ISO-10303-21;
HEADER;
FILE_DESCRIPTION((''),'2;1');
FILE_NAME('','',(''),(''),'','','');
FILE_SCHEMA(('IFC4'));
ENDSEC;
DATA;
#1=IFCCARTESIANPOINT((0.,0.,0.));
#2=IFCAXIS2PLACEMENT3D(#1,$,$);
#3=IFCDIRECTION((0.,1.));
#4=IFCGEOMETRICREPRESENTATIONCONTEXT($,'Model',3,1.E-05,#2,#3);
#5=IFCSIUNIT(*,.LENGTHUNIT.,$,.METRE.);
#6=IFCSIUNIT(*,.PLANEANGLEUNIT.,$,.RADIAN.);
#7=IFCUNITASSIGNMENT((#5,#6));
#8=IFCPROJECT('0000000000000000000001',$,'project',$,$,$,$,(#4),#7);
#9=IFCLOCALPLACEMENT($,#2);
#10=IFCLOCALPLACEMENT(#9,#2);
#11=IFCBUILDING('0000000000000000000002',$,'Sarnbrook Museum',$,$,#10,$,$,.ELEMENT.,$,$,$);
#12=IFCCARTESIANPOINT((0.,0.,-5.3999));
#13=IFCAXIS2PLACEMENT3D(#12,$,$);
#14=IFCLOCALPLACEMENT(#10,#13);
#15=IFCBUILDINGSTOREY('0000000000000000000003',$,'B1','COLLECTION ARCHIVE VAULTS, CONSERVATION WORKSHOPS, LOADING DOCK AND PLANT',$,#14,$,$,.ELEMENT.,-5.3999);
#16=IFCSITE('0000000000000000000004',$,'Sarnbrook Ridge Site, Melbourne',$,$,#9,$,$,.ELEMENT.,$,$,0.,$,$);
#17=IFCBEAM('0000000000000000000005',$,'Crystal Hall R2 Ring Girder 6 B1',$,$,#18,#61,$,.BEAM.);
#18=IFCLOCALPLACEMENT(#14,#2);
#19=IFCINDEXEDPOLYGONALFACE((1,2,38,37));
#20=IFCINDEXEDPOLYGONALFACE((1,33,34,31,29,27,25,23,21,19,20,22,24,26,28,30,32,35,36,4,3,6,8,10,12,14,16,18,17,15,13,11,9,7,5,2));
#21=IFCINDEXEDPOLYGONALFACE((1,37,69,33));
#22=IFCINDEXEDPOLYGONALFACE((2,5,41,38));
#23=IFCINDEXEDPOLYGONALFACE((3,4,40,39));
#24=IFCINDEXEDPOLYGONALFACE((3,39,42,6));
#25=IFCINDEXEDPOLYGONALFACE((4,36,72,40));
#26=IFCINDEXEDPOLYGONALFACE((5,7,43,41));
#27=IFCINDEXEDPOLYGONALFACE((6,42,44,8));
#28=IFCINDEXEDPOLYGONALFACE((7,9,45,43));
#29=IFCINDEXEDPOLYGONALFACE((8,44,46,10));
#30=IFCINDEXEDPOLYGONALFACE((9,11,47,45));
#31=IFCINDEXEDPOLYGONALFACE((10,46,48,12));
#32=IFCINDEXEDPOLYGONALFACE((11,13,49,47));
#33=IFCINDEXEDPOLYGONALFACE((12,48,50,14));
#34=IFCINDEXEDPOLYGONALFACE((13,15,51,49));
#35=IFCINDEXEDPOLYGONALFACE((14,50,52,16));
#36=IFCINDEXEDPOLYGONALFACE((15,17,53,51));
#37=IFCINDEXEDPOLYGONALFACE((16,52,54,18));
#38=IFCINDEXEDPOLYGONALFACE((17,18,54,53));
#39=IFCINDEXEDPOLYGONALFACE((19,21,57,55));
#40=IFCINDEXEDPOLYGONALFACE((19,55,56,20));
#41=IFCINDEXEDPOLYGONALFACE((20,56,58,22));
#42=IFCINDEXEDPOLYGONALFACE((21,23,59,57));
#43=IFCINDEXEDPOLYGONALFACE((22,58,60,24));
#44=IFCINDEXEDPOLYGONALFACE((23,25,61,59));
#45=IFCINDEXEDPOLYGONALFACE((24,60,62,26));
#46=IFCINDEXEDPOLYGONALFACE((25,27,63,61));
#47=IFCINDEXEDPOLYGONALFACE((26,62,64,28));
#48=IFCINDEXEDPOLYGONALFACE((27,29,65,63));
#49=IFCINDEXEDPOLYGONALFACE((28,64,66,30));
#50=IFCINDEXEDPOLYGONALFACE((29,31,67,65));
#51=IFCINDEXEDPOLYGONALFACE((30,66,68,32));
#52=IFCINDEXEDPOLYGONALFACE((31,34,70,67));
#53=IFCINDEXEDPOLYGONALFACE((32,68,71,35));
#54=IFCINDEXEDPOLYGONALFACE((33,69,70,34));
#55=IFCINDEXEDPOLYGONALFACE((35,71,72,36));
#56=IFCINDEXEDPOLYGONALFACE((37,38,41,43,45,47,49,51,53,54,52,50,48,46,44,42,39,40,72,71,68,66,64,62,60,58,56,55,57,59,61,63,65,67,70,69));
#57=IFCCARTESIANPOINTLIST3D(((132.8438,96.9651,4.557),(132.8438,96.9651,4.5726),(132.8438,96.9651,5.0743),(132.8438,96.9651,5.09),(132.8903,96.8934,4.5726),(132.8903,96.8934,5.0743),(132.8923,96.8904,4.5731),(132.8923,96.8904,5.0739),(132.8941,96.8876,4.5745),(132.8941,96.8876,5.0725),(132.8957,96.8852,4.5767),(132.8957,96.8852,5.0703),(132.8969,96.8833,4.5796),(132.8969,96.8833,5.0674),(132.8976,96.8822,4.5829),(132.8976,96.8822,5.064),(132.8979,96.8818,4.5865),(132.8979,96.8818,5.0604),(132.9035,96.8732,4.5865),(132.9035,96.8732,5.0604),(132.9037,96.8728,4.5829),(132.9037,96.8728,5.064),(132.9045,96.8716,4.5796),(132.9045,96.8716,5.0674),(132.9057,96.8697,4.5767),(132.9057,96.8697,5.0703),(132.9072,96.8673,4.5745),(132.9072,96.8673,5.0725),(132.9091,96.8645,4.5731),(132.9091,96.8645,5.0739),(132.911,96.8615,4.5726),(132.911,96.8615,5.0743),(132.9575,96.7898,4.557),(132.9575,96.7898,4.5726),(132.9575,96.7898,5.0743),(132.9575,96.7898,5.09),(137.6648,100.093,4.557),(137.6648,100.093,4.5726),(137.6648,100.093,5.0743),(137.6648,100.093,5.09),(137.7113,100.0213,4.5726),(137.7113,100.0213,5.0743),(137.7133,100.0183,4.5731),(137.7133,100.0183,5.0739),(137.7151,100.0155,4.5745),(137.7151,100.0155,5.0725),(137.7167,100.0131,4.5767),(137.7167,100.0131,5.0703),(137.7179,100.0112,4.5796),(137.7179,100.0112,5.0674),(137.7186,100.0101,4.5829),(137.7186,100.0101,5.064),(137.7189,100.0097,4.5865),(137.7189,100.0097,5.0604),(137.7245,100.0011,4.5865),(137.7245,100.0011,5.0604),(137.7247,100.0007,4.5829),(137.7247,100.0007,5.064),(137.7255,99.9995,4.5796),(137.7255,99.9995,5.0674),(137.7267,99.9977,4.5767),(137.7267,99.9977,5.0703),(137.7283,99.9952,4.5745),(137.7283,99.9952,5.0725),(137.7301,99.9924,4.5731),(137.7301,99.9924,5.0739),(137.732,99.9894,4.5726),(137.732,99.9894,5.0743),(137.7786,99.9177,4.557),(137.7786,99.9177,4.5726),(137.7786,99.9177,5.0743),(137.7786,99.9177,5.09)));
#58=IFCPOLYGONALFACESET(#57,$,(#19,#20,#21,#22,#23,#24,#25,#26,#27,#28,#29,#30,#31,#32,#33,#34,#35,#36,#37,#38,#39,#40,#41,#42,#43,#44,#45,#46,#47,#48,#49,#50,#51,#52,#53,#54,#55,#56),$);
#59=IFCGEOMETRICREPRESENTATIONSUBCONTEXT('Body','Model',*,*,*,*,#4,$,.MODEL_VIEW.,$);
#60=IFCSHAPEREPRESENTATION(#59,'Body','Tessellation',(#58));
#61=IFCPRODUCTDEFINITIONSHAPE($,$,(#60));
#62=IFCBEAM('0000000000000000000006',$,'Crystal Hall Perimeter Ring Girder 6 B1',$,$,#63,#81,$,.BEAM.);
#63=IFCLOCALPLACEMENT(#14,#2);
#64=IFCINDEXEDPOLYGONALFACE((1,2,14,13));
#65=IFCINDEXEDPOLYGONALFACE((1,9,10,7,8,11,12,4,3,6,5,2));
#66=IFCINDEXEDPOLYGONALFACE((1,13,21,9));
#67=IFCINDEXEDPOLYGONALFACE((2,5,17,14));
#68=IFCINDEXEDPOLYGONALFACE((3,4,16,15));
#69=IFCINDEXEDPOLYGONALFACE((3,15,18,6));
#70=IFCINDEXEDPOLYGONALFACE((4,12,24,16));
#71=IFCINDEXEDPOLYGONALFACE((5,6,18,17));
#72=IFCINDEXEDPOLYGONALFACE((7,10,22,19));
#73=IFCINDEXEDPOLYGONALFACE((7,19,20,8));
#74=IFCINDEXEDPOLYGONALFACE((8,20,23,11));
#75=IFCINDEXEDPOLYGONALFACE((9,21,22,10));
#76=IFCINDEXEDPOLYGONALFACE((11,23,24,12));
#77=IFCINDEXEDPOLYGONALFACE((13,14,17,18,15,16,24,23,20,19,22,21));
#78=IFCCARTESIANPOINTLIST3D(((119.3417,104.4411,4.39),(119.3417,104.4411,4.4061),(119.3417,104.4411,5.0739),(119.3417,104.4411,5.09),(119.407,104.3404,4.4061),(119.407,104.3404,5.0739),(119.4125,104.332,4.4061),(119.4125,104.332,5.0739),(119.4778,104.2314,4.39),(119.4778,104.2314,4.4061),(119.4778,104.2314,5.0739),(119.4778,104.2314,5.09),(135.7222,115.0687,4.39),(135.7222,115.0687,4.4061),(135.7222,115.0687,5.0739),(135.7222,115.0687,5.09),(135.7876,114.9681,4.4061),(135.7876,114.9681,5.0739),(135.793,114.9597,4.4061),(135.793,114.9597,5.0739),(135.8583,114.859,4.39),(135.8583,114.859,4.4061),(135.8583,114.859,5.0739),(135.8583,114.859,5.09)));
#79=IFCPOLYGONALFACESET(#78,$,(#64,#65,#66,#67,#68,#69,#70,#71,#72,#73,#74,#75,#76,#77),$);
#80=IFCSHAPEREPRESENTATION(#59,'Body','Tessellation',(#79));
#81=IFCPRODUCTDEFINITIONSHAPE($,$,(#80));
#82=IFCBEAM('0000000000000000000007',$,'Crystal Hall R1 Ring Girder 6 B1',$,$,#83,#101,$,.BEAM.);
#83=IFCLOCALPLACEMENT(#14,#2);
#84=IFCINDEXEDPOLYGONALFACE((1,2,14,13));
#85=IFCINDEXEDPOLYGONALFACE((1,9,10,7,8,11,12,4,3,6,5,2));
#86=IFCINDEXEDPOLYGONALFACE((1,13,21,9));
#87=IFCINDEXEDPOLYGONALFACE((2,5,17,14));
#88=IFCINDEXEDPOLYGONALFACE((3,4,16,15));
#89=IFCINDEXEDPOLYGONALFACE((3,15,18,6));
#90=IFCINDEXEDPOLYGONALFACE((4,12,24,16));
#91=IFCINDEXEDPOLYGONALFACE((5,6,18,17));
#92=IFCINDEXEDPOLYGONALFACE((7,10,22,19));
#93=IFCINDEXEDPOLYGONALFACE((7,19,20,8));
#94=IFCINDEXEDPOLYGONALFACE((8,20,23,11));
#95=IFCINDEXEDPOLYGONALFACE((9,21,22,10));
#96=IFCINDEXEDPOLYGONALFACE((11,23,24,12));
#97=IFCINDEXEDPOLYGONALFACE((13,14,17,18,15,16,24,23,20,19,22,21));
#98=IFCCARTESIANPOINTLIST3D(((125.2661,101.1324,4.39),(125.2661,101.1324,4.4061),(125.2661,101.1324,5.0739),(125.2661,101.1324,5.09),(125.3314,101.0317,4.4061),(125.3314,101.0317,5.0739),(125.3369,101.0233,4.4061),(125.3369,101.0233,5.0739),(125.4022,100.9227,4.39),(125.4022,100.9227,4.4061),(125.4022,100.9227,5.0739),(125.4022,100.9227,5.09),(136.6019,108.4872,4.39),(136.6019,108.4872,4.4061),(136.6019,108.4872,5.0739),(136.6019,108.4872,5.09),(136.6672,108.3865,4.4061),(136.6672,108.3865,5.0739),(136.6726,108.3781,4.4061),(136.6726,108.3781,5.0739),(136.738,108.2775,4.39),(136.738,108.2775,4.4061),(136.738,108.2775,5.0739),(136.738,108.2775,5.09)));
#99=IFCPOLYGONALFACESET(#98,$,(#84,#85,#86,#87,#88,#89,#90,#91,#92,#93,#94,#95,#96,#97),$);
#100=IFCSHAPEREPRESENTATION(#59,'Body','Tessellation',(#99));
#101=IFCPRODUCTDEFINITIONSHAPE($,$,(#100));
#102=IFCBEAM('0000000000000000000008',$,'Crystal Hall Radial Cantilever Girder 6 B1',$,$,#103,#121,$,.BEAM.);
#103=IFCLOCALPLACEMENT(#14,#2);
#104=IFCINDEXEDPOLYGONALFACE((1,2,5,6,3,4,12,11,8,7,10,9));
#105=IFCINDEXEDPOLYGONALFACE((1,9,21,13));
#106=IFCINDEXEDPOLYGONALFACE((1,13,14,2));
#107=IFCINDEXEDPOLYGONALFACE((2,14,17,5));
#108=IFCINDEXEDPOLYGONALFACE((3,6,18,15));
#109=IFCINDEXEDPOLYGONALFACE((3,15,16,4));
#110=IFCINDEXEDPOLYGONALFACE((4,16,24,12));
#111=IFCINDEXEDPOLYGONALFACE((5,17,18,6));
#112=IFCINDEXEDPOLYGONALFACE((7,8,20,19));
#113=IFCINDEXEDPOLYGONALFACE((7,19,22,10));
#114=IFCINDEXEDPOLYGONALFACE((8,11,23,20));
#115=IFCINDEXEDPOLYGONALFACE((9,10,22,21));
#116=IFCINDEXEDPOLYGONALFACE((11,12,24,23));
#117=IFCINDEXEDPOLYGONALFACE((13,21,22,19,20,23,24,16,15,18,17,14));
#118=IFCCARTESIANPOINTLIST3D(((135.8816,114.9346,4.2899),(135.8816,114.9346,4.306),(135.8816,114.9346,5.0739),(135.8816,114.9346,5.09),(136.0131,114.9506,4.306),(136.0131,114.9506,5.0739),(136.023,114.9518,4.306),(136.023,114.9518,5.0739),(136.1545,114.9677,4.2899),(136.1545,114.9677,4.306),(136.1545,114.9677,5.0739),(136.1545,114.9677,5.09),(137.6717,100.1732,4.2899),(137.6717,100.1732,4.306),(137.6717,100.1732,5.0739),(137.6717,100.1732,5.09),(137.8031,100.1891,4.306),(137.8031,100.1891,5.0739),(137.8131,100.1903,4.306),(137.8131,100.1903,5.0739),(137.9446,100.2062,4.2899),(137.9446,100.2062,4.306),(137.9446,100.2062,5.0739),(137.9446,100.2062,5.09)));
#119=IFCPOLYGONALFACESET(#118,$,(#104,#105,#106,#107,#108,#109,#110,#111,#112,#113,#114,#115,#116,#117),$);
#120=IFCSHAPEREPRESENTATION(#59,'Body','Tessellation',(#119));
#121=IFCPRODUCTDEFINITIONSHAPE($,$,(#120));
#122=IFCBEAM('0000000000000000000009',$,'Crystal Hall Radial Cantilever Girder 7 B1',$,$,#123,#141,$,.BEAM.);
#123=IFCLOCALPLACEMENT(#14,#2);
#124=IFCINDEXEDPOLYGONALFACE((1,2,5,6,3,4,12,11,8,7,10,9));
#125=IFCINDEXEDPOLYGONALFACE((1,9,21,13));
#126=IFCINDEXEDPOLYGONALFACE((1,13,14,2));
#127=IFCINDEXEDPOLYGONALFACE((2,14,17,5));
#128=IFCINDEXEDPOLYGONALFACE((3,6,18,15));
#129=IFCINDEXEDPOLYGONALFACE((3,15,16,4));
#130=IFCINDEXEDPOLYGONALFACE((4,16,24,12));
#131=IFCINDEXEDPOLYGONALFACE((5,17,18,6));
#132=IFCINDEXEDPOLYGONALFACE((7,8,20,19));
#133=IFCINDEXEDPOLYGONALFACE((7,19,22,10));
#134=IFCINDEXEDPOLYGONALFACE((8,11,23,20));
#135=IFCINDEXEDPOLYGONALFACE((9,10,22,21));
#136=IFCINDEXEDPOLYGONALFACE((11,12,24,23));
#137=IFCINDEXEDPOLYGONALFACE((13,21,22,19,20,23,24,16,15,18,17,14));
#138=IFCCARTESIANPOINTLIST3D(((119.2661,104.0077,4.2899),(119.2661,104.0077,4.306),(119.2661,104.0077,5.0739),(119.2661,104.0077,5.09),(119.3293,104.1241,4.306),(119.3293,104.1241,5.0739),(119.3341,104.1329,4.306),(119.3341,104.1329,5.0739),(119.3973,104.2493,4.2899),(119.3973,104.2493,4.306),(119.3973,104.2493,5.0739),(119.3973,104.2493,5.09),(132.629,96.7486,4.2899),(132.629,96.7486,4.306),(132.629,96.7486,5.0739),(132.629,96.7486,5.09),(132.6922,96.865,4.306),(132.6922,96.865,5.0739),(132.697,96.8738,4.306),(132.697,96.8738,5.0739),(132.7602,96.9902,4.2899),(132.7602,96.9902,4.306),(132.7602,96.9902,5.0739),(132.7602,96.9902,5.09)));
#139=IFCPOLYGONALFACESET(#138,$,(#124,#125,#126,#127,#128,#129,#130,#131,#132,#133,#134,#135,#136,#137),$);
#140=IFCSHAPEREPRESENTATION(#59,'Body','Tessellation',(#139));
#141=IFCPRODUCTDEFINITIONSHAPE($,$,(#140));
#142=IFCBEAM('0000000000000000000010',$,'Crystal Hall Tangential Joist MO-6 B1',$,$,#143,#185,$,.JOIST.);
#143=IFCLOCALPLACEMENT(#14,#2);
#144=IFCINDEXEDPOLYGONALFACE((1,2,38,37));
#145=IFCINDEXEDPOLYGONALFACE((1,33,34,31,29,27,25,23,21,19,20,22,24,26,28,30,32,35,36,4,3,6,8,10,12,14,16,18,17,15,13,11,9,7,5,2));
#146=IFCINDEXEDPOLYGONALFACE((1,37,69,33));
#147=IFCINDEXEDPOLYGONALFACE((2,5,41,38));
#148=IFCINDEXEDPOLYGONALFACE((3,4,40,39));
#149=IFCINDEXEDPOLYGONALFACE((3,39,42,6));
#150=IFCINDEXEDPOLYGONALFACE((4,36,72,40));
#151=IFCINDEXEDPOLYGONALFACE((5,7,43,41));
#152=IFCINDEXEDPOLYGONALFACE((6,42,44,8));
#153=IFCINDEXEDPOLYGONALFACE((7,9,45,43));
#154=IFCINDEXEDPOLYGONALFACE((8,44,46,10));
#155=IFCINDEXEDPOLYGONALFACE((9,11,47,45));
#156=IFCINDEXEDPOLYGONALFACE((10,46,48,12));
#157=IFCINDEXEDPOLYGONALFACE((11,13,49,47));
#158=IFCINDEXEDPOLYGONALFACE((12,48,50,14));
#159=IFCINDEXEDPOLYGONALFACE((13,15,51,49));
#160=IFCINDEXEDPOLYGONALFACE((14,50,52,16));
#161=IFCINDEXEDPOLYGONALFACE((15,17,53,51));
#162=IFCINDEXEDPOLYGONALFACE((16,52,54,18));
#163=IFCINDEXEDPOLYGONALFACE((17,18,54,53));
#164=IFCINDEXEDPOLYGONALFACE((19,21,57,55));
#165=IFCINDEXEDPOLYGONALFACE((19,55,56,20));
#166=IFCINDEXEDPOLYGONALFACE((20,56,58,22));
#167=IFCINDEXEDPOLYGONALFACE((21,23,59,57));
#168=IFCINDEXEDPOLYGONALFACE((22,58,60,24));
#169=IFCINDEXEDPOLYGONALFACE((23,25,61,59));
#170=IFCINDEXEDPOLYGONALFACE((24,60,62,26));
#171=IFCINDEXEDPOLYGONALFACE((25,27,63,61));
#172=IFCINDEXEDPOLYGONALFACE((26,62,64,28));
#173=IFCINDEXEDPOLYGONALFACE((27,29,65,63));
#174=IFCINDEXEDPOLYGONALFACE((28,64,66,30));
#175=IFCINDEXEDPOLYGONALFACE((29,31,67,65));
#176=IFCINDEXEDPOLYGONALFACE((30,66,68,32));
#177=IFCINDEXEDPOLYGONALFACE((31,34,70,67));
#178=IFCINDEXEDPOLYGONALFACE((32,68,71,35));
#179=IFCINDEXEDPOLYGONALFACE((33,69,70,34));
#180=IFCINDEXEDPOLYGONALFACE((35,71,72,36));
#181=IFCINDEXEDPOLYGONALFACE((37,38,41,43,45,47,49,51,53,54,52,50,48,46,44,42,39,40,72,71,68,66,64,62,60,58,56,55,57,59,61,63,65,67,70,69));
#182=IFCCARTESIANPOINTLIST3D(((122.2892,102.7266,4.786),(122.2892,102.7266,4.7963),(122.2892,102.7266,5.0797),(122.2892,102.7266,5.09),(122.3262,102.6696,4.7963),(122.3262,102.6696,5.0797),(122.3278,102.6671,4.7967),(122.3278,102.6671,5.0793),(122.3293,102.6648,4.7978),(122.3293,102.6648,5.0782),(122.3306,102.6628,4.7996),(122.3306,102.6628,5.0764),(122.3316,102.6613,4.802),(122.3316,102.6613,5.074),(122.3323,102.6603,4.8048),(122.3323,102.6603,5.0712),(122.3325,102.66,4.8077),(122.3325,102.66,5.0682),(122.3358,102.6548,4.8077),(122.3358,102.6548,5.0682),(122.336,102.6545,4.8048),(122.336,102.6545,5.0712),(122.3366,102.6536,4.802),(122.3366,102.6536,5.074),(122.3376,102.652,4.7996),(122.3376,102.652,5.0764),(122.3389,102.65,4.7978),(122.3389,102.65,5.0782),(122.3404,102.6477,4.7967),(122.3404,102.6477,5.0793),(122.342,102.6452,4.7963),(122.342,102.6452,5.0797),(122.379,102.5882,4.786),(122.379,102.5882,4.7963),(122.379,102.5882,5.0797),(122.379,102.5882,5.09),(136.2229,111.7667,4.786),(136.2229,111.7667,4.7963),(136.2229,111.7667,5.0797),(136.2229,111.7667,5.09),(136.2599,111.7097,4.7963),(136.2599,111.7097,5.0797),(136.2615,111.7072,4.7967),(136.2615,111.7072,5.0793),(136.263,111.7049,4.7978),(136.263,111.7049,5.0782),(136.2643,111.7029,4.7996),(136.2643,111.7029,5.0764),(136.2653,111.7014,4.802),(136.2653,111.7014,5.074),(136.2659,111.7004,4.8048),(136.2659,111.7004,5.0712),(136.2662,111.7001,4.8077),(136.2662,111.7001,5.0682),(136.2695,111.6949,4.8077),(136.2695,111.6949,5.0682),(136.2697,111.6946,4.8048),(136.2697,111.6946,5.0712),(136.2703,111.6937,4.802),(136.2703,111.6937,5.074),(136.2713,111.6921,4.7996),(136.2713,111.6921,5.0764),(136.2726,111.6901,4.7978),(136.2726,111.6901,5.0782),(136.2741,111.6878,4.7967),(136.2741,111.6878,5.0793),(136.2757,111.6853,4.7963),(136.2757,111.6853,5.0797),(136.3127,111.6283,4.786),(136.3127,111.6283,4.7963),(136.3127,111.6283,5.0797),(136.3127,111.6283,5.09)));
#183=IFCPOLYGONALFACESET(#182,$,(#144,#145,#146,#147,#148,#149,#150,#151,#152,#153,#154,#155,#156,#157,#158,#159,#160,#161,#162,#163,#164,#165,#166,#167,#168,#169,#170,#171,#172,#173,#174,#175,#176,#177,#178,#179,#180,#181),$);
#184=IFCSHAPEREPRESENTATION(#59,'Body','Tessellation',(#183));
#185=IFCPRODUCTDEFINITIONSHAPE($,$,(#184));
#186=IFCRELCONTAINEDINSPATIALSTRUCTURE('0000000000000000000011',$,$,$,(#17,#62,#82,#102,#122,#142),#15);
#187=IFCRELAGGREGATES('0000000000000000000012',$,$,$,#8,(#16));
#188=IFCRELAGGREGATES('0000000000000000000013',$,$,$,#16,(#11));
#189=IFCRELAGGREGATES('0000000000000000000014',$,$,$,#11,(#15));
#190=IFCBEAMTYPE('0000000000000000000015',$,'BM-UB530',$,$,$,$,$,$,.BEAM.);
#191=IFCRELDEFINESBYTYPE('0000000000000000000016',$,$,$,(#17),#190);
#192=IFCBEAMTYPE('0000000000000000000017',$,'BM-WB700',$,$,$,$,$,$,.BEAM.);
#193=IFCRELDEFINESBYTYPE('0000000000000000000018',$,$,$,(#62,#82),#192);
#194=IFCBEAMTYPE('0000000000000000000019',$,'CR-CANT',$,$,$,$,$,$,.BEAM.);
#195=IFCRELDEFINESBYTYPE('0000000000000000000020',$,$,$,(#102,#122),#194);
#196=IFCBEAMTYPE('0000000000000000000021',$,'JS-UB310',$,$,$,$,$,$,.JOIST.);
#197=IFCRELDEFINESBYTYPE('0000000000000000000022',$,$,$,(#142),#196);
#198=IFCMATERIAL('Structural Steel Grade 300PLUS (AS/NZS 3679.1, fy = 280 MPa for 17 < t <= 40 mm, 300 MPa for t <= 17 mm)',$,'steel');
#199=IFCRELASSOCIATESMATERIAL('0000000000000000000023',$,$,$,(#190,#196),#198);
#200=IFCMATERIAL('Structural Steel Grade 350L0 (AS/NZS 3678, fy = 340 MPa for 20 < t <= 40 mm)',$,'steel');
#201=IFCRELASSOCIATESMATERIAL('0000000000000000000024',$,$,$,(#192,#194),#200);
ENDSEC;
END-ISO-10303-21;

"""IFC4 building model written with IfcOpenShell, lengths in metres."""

from ifc_helpers import new_model, si_unit, direction, frame, origin, origin_2d, place, context, subcontext, project, spatial, i_section, extrude, material, material_profile, profile_set, type_object, element, save


model = new_model("IFC4")

# Units and contexts
model_context = context("Model", 3, precision=1e-05, world=origin(), true_north=direction((0.0, 1.0)))
body_context = subcontext(model_context, "Body", "Model", "MODEL_VIEW")
ifc_project = project(units=[si_unit("LENGTHUNIT", "METRE"), si_unit("PLANEANGLEUNIT", "RADIAN")], contexts=[model_context])

# Site, building, storey
site_placement = place(None, origin())
site = spatial("IfcSite", under=ifc_project, at=site_placement, Name="Sarnbrook Ridge Site, Melbourne", CompositionType="ELEMENT", RefElevation=0.0)
building_placement = place(site_placement, origin())
building = spatial("IfcBuilding", under=site, at=building_placement, Name="Sarnbrook Museum", CompositionType="ELEMENT")
storey_placement = place(building_placement, frame((0.0, 0.0, -5.3999)))
storey = spatial("IfcBuildingStorey", under=building, at=storey_placement, Name="B1", Description="COLLECTION ARCHIVE VAULTS, CONSERVATION WORKSHOPS, LOADING DOCK AND PLANT", CompositionType="ELEMENT", Elevation=-5.3999)

# Shared definitions
ifc_material_1 = material(Name="Structural Steel Grade 350L0 (AS/NZS 3678, fy = 340 MPa for 20 < t <= 40 mm)", Category="steel")

# Beams
ifc_material_2 = material(Name="Structural Steel Grade 300PLUS (AS/NZS 3679.1, fy = 280 MPa for 17 < t <= 40 mm, 300 MPa for t <= 17 mm)", Category="steel")
ifc_material_profile_1 = material_profile(ifc_material_2, i_section(OverallWidth=0.209, OverallDepth=0.533, WebThickness=0.0103, FlangeThickness=0.0156, FilletRadius=0.0139, at=origin_2d()), Name="530UB92.4")
ifc_profile_set_1 = profile_set([ifc_material_profile_1], Name="Structural Steel Grade 300PLUS (AS/NZS 3679.1, fy = 280 MPa for 17 < t <= 40 mm, 300 MPa for t <= 17 mm)")
beam_type_1 = type_object("IfcBeamType", Name="BM-UB530", PredefinedType="BEAM", material=ifc_profile_set_1)
beam_1_placement = place(storey_placement, frame((137.7217, 100.0054, 4.8235), z_axis=(-0.8389, -0.544285, 0.0), x_axis=(0.544285, -0.8389, 0.0)))
element("IfcBeam", 1, at=beam_1_placement, inside=storey, type_object=beam_type_1, Name="Crystal Hall R2 Ring Girder 6 B1", PredefinedType="BEAM", context=body_context, shape_type="SweptSolid", body=[
    extrude(i_section(OverallWidth=0.209, OverallDepth=0.533, WebThickness=0.0103, FlangeThickness=0.0156, FilletRadius=0.0139, at=origin_2d()), origin(), (0.0, 0.0, 1.0), 5.7468),
])
ifc_material_profile_2 = material_profile(ifc_material_1, i_section(OverallWidth=0.25, OverallDepth=0.7, WebThickness=0.01, FlangeThickness=0.0161, at=origin_2d()), Name="700WB130")
ifc_profile_set_2 = profile_set([ifc_material_profile_2], Name="Structural Steel Grade 350L0 (AS/NZS 3678, fy = 340 MPa for 20 < t <= 40 mm)")
beam_type_2 = type_object("IfcBeamType", Name="BM-WB700", PredefinedType="BEAM", material=ifc_profile_set_2)
beam_2_placement = place(storey_placement, frame((135.7903, 114.9639, 4.74), z_axis=(-0.838905, -0.544278, 0.0), x_axis=(0.544278, -0.838905, 0.0)))
element("IfcBeam", 2, at=beam_2_placement, inside=storey, type_object=beam_type_2, Name="Crystal Hall Perimeter Ring Girder 6 B1", PredefinedType="BEAM", context=body_context, shape_type="SweptSolid", body=[
    extrude(i_section(OverallWidth=0.25, OverallDepth=0.7, WebThickness=0.01, FlangeThickness=0.0161, at=origin_2d()), origin(), (0.0, 0.0, 1.0), 19.5261),
])
beam_3_placement = place(storey_placement, frame((136.6699, 108.3823, 4.74), z_axis=(-0.838899, -0.544288, 0.0), x_axis=(0.544288, -0.838899, 0.0)))
element("IfcBeam", 3, at=beam_3_placement, inside=storey, type_object=beam_type_2, Name="Crystal Hall R1 Ring Girder 6 B1", PredefinedType="BEAM", context=body_context, shape_type="SweptSolid", body=[
    extrude(i_section(OverallWidth=0.25, OverallDepth=0.7, WebThickness=0.01, FlangeThickness=0.0161, at=origin_2d()), origin(), (0.0, 0.0, 1.0), 13.5127),
])
ifc_material_profile_3 = material_profile(ifc_material_1, i_section(OverallWidth=0.2749, OverallDepth=0.8, WebThickness=0.01, FlangeThickness=0.0161, at=origin_2d()), Name="800WB146")
ifc_profile_set_3 = profile_set([ifc_material_profile_3], Name="Structural Steel Grade 350L0 (AS/NZS 3678, fy = 340 MPa for 20 < t <= 40 mm)")
beam_type_3 = type_object("IfcBeamType", Name="CR-CANT", PredefinedType="BEAM", material=ifc_profile_set_3)
beam_4_placement = place(storey_placement, frame((137.8081, 100.1897, 4.6899), z_axis=(-0.120382, 0.992728, 0.0), x_axis=(-0.992728, -0.120382, 0.0)))
element("IfcBeam", 4, at=beam_4_placement, inside=storey, type_object=beam_type_3, Name="Crystal Hall Radial Cantilever Girder 6 B1", PredefinedType="BEAM", context=body_context, shape_type="SweptSolid", body=[
    extrude(i_section(OverallWidth=0.2749, OverallDepth=0.8, WebThickness=0.01, FlangeThickness=0.0161, at=origin_2d()), origin(), (0.0, 0.0, 1.0), 14.8696),
])
beam_5_placement = place(storey_placement, frame((132.6946, 96.8694, 4.6899), z_axis=(-0.878717, 0.477343, 0.0), x_axis=(-0.477343, -0.878717, 0.0)))
element("IfcBeam", 5, at=beam_5_placement, inside=storey, type_object=beam_type_3, Name="Crystal Hall Radial Cantilever Girder 7 B1", PredefinedType="BEAM", context=body_context, shape_type="SweptSolid", body=[
    extrude(i_section(OverallWidth=0.2749, OverallDepth=0.8, WebThickness=0.01, FlangeThickness=0.0161, at=origin_2d()), origin(), (0.0, 0.0, 1.0), 15.2073),
])
ifc_material_profile_4 = material_profile(ifc_material_2, i_section(OverallWidth=0.165, OverallDepth=0.304, WebThickness=0.0061, FlangeThickness=0.0103, FilletRadius=0.0115, at=origin_2d()), Name="310UB40.4")
ifc_profile_set_4 = profile_set([ifc_material_profile_4], Name="Structural Steel Grade 300PLUS (AS/NZS 3679.1, fy = 280 MPa for 17 < t <= 40 mm, 300 MPa for t <= 17 mm)")
beam_type_4 = type_object("IfcBeamType", Name="JS-UB310", PredefinedType="JOIST", material=ifc_profile_set_4)
beam_6_placement = place(storey_placement, frame((136.2678, 111.6975, 4.938), z_axis=(-0.838905, -0.544277, 0.0), x_axis=(0.544277, -0.838905, 0.0)))
element("IfcBeam", 6, at=beam_6_placement, inside=storey, type_object=beam_type_4, Name="Crystal Hall Tangential Joist MO-6 B1", PredefinedType="JOIST", context=body_context, shape_type="SweptSolid", body=[
    extrude(i_section(OverallWidth=0.165, OverallDepth=0.304, WebThickness=0.0061, FlangeThickness=0.0103, FilletRadius=0.0115, at=origin_2d()), origin(), (0.0, 0.0, 1.0), 16.6094),
])

save(model, "model.ifc")
